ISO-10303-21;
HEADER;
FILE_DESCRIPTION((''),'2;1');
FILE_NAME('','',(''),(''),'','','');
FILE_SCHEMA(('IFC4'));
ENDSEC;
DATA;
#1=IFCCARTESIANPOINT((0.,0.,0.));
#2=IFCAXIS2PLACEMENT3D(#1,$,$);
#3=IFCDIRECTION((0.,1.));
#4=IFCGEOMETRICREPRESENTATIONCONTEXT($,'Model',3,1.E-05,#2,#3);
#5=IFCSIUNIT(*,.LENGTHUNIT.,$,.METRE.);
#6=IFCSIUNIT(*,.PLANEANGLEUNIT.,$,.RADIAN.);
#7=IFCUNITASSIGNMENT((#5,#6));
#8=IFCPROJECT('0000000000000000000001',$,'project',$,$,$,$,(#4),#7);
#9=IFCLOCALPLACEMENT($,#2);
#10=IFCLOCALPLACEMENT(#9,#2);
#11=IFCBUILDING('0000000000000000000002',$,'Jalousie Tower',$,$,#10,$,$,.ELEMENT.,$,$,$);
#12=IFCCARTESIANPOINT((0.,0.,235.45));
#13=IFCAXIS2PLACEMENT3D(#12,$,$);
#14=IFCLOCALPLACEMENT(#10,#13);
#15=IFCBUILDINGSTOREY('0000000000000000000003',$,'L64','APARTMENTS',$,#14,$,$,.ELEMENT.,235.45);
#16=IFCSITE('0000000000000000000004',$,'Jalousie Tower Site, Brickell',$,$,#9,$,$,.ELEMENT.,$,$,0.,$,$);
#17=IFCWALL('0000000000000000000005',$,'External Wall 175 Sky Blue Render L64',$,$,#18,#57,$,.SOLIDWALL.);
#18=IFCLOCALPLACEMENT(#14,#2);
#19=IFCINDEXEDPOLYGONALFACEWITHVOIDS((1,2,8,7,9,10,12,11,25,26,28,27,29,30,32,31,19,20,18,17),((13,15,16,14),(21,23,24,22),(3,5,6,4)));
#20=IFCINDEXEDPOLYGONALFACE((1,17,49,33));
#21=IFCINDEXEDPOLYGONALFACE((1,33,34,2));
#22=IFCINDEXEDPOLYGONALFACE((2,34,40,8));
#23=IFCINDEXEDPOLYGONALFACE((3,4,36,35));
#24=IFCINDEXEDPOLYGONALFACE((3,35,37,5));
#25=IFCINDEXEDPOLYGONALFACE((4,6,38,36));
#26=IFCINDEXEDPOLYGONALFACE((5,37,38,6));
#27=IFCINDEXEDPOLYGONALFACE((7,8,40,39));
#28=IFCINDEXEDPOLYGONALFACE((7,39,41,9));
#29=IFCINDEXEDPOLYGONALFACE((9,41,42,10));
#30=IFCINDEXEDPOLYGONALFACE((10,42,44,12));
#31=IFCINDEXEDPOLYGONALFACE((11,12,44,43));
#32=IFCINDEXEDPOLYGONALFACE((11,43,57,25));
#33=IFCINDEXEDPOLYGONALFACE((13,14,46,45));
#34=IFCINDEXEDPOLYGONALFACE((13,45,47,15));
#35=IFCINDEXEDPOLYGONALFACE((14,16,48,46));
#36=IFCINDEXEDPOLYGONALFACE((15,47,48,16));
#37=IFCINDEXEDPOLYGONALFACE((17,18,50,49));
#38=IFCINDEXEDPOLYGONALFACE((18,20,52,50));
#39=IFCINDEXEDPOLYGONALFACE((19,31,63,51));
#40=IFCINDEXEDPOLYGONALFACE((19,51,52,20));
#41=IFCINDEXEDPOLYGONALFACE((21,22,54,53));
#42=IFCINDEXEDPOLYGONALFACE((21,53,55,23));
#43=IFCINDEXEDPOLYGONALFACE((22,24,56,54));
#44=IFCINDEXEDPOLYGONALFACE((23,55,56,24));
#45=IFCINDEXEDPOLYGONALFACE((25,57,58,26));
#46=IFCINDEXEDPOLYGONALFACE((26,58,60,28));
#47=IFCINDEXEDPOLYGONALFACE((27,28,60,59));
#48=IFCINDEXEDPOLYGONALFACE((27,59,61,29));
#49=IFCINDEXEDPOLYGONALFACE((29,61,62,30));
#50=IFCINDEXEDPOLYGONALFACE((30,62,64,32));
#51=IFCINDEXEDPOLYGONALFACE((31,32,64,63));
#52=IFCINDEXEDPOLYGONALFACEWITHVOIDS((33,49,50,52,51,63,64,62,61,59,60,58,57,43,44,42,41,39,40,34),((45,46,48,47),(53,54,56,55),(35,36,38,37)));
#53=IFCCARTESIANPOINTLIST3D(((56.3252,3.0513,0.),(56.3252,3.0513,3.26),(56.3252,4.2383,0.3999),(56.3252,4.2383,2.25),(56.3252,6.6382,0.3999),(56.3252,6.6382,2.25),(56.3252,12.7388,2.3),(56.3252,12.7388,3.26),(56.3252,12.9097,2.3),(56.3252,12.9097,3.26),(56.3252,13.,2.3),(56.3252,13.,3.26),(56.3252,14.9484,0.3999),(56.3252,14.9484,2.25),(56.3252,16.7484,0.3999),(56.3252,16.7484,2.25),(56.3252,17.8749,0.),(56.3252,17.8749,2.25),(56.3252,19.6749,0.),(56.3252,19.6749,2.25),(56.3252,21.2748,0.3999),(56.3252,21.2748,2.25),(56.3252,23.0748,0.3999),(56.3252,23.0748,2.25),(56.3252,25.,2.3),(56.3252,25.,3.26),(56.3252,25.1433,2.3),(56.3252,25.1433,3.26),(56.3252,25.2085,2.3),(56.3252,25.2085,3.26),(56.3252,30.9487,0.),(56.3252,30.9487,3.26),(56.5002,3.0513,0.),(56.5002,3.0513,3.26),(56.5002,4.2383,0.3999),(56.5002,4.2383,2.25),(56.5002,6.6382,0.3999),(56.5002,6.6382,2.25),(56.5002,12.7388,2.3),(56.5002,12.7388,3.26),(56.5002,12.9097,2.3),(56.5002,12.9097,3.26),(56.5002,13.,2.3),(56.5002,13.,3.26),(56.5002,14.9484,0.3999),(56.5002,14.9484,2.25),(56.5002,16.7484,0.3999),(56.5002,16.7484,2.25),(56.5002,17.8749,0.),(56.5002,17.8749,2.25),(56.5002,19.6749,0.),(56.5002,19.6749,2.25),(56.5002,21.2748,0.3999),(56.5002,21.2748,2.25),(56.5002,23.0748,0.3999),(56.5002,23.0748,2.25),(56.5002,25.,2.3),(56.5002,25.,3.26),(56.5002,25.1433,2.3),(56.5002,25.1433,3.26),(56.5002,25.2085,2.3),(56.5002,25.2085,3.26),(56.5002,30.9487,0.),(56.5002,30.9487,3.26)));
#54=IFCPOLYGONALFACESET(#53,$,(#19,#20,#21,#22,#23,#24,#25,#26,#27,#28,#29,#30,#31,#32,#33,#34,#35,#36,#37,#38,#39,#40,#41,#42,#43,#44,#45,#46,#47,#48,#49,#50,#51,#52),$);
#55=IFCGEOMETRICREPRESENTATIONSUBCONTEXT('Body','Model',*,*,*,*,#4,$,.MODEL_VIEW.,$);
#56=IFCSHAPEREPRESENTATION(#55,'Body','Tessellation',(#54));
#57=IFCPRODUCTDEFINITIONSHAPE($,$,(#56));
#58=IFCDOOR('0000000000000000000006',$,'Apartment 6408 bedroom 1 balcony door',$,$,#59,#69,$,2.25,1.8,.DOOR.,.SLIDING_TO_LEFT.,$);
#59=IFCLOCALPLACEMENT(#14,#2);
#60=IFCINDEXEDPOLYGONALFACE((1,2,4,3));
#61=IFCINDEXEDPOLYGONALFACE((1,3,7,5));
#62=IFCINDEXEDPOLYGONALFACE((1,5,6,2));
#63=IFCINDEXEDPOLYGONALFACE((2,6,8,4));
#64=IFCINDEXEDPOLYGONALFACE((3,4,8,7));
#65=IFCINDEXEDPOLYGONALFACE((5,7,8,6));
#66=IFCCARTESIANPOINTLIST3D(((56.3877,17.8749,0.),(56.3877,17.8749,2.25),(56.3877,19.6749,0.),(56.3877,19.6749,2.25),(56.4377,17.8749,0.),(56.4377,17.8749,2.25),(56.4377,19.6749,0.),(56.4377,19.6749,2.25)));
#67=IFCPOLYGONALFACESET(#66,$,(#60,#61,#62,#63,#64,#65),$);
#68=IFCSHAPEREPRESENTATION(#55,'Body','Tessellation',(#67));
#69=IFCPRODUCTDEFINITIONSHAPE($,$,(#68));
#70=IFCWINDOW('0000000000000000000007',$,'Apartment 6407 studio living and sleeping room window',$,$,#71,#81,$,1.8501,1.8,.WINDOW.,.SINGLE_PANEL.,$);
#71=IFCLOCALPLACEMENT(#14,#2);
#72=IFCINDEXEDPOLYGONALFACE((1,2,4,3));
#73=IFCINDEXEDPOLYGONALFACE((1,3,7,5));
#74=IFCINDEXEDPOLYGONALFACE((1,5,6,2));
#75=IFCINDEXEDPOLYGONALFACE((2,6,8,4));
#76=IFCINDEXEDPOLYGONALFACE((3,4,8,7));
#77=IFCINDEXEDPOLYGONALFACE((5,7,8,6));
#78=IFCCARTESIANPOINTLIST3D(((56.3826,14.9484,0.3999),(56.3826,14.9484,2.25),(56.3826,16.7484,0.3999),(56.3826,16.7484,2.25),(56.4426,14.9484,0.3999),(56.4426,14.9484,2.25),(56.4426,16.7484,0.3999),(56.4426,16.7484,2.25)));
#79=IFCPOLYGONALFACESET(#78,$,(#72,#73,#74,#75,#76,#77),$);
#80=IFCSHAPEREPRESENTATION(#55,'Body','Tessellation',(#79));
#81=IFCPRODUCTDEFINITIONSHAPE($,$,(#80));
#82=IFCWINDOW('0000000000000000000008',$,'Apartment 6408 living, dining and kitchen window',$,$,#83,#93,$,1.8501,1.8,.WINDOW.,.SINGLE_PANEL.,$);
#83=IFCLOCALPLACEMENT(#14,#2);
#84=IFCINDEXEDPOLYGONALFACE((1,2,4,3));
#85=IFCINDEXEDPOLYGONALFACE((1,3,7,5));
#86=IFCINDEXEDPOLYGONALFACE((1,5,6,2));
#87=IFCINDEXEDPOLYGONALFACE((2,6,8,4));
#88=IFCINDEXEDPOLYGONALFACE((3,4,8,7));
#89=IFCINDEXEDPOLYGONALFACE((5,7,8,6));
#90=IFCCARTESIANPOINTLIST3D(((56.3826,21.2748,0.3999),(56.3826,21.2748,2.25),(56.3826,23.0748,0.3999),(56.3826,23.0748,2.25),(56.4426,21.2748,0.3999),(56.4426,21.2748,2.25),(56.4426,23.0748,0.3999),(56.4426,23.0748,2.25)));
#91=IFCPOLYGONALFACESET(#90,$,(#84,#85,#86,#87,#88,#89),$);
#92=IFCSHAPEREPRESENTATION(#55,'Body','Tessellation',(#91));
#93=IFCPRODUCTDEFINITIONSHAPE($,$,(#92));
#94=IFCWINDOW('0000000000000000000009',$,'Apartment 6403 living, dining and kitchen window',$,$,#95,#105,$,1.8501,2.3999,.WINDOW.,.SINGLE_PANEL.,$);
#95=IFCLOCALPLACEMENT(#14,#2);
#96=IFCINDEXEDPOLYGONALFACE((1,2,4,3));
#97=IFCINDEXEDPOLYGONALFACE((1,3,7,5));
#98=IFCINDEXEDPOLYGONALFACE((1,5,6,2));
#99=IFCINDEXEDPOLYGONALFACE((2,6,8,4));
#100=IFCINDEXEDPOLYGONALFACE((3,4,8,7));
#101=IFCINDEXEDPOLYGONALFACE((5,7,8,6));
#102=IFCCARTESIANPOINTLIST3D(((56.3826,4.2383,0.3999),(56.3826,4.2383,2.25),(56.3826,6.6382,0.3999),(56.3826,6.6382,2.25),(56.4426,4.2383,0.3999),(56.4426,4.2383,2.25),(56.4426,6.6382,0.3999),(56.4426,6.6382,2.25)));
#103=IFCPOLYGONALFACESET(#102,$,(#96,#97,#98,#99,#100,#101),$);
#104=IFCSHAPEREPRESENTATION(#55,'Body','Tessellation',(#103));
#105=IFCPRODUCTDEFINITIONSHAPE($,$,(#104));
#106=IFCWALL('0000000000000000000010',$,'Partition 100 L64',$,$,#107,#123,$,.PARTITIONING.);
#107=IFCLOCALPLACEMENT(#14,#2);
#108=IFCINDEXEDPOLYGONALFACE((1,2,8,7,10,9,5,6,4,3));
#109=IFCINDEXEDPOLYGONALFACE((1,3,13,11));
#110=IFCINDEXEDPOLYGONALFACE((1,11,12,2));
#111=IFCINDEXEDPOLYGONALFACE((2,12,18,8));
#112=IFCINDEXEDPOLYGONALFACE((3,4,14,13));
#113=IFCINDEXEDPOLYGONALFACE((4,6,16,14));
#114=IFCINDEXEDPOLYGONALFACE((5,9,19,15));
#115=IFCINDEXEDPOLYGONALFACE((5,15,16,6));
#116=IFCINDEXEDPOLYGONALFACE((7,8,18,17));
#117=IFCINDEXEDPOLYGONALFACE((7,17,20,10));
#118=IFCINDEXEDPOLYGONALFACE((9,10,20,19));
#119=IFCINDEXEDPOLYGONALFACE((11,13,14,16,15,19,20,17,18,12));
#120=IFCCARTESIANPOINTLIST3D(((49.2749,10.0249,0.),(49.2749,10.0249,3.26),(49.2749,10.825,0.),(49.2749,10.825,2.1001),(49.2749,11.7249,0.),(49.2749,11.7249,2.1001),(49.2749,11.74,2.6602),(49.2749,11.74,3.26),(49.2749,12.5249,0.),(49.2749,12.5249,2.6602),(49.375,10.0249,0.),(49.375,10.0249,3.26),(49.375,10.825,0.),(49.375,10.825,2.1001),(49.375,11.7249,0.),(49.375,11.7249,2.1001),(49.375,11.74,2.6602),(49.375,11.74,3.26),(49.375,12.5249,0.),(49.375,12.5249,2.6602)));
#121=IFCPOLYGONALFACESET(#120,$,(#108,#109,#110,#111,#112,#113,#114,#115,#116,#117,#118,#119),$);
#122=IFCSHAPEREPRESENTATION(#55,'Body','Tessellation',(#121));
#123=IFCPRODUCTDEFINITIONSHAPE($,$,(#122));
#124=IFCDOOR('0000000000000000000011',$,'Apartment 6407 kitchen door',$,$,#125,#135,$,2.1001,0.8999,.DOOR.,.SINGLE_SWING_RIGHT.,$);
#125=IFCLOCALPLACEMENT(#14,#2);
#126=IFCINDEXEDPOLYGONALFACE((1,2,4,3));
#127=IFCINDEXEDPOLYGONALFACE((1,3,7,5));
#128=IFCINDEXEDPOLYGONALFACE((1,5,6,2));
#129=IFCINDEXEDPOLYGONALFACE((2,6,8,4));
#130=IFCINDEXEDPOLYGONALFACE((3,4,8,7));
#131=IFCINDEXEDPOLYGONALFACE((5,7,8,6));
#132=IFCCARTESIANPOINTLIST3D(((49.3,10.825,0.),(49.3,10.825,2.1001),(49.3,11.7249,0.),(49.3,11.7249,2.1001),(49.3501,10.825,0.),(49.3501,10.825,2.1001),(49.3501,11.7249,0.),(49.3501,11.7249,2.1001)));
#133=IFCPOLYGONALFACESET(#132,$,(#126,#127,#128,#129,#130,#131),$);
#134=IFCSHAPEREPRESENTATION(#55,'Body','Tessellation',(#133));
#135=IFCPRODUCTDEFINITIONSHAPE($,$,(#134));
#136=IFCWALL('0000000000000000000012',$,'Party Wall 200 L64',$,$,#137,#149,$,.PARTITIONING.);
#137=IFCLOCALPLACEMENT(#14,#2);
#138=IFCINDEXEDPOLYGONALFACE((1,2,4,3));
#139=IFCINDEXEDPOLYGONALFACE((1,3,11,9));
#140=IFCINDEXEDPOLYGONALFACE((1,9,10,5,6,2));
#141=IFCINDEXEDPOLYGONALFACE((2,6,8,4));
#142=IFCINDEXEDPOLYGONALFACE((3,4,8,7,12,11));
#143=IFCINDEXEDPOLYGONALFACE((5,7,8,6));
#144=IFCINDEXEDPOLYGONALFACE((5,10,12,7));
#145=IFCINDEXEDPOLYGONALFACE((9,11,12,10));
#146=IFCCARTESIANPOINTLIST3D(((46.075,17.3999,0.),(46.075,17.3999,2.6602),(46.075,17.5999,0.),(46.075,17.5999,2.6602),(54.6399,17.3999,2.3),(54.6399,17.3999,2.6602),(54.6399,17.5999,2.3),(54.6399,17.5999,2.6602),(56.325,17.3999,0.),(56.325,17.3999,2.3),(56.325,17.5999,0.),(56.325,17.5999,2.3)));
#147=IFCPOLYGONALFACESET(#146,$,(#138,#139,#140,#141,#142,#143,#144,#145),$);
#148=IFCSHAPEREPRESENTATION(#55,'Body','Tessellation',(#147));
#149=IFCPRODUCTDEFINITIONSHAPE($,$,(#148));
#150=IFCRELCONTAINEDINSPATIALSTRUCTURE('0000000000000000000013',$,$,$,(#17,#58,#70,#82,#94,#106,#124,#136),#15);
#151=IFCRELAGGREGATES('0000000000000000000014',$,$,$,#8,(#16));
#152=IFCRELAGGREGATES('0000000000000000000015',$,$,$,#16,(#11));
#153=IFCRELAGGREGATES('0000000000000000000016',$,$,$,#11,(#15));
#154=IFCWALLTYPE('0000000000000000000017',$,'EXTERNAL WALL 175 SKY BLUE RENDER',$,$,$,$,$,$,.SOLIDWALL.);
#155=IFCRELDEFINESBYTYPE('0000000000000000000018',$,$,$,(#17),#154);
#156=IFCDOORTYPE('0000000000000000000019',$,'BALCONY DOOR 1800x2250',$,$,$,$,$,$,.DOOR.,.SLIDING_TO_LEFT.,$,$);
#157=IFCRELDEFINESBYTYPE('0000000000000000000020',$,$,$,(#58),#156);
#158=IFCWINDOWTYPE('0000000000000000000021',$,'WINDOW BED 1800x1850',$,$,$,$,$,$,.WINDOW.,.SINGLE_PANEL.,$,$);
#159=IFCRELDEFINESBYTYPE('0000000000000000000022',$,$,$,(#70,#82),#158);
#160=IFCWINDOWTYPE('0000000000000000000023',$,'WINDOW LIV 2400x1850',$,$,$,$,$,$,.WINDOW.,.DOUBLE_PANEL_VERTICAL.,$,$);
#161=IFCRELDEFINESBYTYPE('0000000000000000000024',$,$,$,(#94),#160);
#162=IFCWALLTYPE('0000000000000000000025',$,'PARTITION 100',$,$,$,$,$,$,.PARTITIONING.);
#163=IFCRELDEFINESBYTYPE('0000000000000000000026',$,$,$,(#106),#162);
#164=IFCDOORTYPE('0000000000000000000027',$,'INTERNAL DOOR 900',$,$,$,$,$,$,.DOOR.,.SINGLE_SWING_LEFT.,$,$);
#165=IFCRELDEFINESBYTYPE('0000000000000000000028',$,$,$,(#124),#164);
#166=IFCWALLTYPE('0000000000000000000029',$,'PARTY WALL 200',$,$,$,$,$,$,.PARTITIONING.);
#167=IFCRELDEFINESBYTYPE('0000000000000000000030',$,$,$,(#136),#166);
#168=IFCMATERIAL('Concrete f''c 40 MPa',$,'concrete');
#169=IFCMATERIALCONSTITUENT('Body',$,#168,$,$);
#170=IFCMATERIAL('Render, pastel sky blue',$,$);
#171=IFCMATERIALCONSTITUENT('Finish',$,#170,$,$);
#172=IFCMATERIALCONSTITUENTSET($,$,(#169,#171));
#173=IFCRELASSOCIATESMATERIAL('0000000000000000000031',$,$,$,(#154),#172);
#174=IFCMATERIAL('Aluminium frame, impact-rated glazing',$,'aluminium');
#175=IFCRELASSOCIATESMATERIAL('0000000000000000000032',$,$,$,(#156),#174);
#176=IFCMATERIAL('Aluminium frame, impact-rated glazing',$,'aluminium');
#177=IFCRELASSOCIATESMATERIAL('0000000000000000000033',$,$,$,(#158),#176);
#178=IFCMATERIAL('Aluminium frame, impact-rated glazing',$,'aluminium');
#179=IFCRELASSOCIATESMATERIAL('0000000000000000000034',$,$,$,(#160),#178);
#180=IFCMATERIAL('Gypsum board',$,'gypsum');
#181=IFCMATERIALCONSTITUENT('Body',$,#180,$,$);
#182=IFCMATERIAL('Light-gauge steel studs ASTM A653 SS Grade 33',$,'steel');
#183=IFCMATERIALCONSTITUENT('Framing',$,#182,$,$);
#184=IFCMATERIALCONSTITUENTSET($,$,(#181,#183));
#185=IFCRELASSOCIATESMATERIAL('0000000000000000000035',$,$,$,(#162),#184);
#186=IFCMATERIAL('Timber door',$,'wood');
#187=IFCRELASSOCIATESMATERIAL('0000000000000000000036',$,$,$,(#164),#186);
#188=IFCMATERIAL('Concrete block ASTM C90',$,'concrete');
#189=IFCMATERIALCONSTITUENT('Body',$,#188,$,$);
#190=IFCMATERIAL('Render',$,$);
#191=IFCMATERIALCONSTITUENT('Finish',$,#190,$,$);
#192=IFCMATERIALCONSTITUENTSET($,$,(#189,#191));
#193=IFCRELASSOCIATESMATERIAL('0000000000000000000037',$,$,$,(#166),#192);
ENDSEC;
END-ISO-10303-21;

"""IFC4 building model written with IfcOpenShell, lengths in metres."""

from ifc_helpers import new_model, si_unit, direction, frame, frame_2d, origin, place, context, subcontext, project, spatial, polyline, rectangle, outline, extrude, material, constituent, constituent_set, type_object, element, fill, save


model = new_model("IFC4")

# Units and contexts
model_context = context("Model", 3, precision=1e-05, world=origin(), true_north=direction((0.0, 1.0)))
body_context = subcontext(model_context, "Body", "Model", "MODEL_VIEW")
ifc_project = project(units=[si_unit("LENGTHUNIT", "METRE"), si_unit("PLANEANGLEUNIT", "RADIAN")], contexts=[model_context])

# Site, building, storey
site_placement = place(None, origin())
site = spatial("IfcSite", under=ifc_project, at=site_placement, Name="Jalousie Tower Site, Brickell", CompositionType="ELEMENT", RefElevation=0.0)
building_placement = place(site_placement, origin())
building = spatial("IfcBuilding", under=site, at=building_placement, Name="Jalousie Tower", CompositionType="ELEMENT")
storey_placement = place(building_placement, frame((0.0, 0.0, 235.45)))
storey = spatial("IfcBuildingStorey", under=building, at=storey_placement, Name="L64", Description="APARTMENTS", CompositionType="ELEMENT", Elevation=235.45)

# Wall, openings, door, windows
ifc_material_1 = material(Name="Concrete f'c 40 MPa", Category="concrete")
ifc_constituent_1 = constituent(ifc_material_1, Name="Body")
ifc_material_2 = material(Name="Render, pastel sky blue")
ifc_constituent_2 = constituent(ifc_material_2, Name="Finish")
ifc_constituent_set_1 = constituent_set(constituents=[ifc_constituent_1, ifc_constituent_2])
wall_type_1 = type_object("IfcWallType", Name="EXTERNAL WALL 175 SKY BLUE RENDER", PredefinedType="SOLIDWALL", material=ifc_constituent_set_1)
wall_1_placement = place(storey_placement, frame((56.4126, 3.0513, 0.0), z_axis=(0.0, 0.0, 1.0), x_axis=(0.0, 1.0, 0.0)))
wall_1 = element("IfcWall", 1, at=wall_1_placement, inside=storey, type_object=wall_type_1, Name="External Wall 175 Sky Blue Render L64", PredefinedType="SOLIDWALL", context=body_context, shape_type="SweptSolid", body=[
    extrude(outline(polyline([(0.0, 0.0), (27.8975, 0.0), (27.8975, 3.26), (22.1572, 3.26), (22.1572, 2.3), (22.092, 2.3), (22.092, 3.26), (21.9487, 3.26), (21.9487, 2.3), (9.9487, 2.3), (9.9487, 3.26), (9.8584, 3.26), (9.8584, 2.3), (9.6875, 2.3), (9.6875, 3.26), (0.0, 3.26), (0.0, 0.0)])), frame((0.0, 0.0874, 0.0), z_axis=(0.0, -1.0, 0.0), x_axis=(1.0, 0.0, 0.0)), (0.0, 0.0, 1.0), 0.175),
])
opening_1_placement = place(wall_1_placement, frame((1.187, 0.0, 0.3999)))
opening_1 = element("IfcOpeningElement", 2, at=opening_1_placement, cuts=wall_1, PredefinedType="OPENING", context=body_context, shape_type="SweptSolid", body=[
    extrude(rectangle(XDim=2.3999, YDim=1.8501, at=frame_2d((1.2, 0.925))), frame((0.0, 0.0974, 0.0), z_axis=(0.0, -1.0, 0.0), x_axis=(1.0, 0.0, 0.0)), (0.0, 0.0, 1.0), 0.1951),
])
opening_2_placement = place(wall_1_placement, frame((11.8972, 0.0, 0.3999)))
opening_2 = element("IfcOpeningElement", 3, at=opening_2_placement, cuts=wall_1, PredefinedType="OPENING", context=body_context, shape_type="SweptSolid", body=[
    extrude(rectangle(XDim=1.8, YDim=1.8501, at=frame_2d((0.8999, 0.925))), frame((0.0, 0.0974, 0.0), z_axis=(0.0, -1.0, 0.0), x_axis=(1.0, 0.0, 0.0)), (0.0, 0.0, 1.0), 0.1951),
])
opening_3_placement = place(wall_1_placement, frame((14.8237, 0.0, 0.0)))
opening_3 = element("IfcOpeningElement", 4, at=opening_3_placement, cuts=wall_1, PredefinedType="OPENING", context=body_context, shape_type="SweptSolid", body=[
    extrude(rectangle(XDim=1.8, YDim=2.25, at=frame_2d((0.8999, 1.125))), frame((0.0, 0.0974, 0.0), z_axis=(0.0, -1.0, 0.0), x_axis=(1.0, 0.0, 0.0)), (0.0, 0.0, 1.0), 0.1951),
])
opening_4_placement = place(wall_1_placement, frame((18.2236, 0.0, 0.3999)))
opening_4 = element("IfcOpeningElement", 5, at=opening_4_placement, cuts=wall_1, PredefinedType="OPENING", context=body_context, shape_type="SweptSolid", body=[
    extrude(rectangle(XDim=1.8, YDim=1.8501, at=frame_2d((0.8999, 0.925))), frame((0.0, 0.0974, 0.0), z_axis=(0.0, -1.0, 0.0), x_axis=(1.0, 0.0, 0.0)), (0.0, 0.0, 1.0), 0.1951),
])
ifc_material_3 = material(Name="Aluminium frame, impact-rated glazing", Category="aluminium")
door_type_1 = type_object("IfcDoorType", Name="BALCONY DOOR 1800x2250", OperationType="SLIDING_TO_LEFT", PredefinedType="DOOR", material=ifc_material_3)
door_1_placement = place(opening_3_placement, origin())
door_1 = element("IfcDoor", 6, at=door_1_placement, inside=storey, type_object=door_type_1, Name="Apartment 6408 bedroom 1 balcony door", OperationType="SLIDING_TO_LEFT", OverallHeight=2.25, OverallWidth=1.8, PredefinedType="DOOR", context=body_context, shape_type="SweptSolid", body=[
    extrude(rectangle(XDim=1.8, YDim=2.25, at=frame_2d((0.8999, 1.125))), frame((0.0, 0.0249, 0.0), z_axis=(0.0, -1.0, 0.0), x_axis=(1.0, 0.0, 0.0)), (0.0, 0.0, 1.0), 0.05),
])
fill(opening_3, door_1)
ifc_material_4 = material(Name="Aluminium frame, impact-rated glazing", Category="aluminium")
window_type_1 = type_object("IfcWindowType", Name="WINDOW BED 1800x1850", PartitioningType="SINGLE_PANEL", PredefinedType="WINDOW", material=ifc_material_4)
window_1_placement = place(opening_2_placement, origin())
window_1 = element("IfcWindow", 7, at=window_1_placement, inside=storey, type_object=window_type_1, Name="Apartment 6407 studio living and sleeping room window", OverallHeight=1.8501, OverallWidth=1.8, PartitioningType="SINGLE_PANEL", PredefinedType="WINDOW", context=body_context, shape_type="SweptSolid", body=[
    extrude(rectangle(XDim=1.8, YDim=1.8501, at=frame_2d((0.8999, 0.925))), frame((0.0, 0.03, 0.0), z_axis=(0.0, -1.0, 0.0), x_axis=(1.0, 0.0, 0.0)), (0.0, 0.0, 1.0), 0.0601),
])
fill(opening_2, window_1)
window_2_placement = place(opening_4_placement, origin())
window_2 = element("IfcWindow", 8, at=window_2_placement, inside=storey, type_object=window_type_1, Name="Apartment 6408 living, dining and kitchen window", OverallHeight=1.8501, OverallWidth=1.8, PartitioningType="SINGLE_PANEL", PredefinedType="WINDOW", context=body_context, shape_type="SweptSolid", body=[
    extrude(rectangle(XDim=1.8, YDim=1.8501, at=frame_2d((0.8999, 0.925))), frame((0.0, 0.03, 0.0), z_axis=(0.0, -1.0, 0.0), x_axis=(1.0, 0.0, 0.0)), (0.0, 0.0, 1.0), 0.0601),
])
fill(opening_4, window_2)
ifc_material_5 = material(Name="Aluminium frame, impact-rated glazing", Category="aluminium")
window_type_2 = type_object("IfcWindowType", Name="WINDOW LIV 2400x1850", PartitioningType="DOUBLE_PANEL_VERTICAL", PredefinedType="WINDOW", material=ifc_material_5)
window_3_placement = place(opening_1_placement, origin())
window_3 = element("IfcWindow", 9, at=window_3_placement, inside=storey, type_object=window_type_2, Name="Apartment 6403 living, dining and kitchen window", OverallHeight=1.8501, OverallWidth=2.3999, PartitioningType="SINGLE_PANEL", PredefinedType="WINDOW", context=body_context, shape_type="SweptSolid", body=[
    extrude(rectangle(XDim=2.3999, YDim=1.8501, at=frame_2d((1.2, 0.925))), frame((0.0, 0.03, 0.0), z_axis=(0.0, -1.0, 0.0), x_axis=(1.0, 0.0, 0.0)), (0.0, 0.0, 1.0), 0.0601),
])
fill(opening_1, window_3)

# Wall, opening, door
ifc_material_6 = material(Name="Gypsum board", Category="gypsum")
ifc_constituent_3 = constituent(ifc_material_6, Name="Body")
ifc_material_7 = material(Name="Light-gauge steel studs ASTM A653 SS Grade 33", Category="steel")
ifc_constituent_4 = constituent(ifc_material_7, Name="Framing")
ifc_constituent_set_2 = constituent_set(constituents=[ifc_constituent_3, ifc_constituent_4])
wall_type_2 = type_object("IfcWallType", Name="PARTITION 100", PredefinedType="PARTITIONING", material=ifc_constituent_set_2)
wall_2_placement = place(storey_placement, frame((49.325, 10.0249, 0.0), z_axis=(0.0, 0.0, 1.0), x_axis=(0.0, 1.0, 0.0)))
wall_2 = element("IfcWall", 10, at=wall_2_placement, inside=storey, type_object=wall_type_2, Name="Partition 100 L64", PredefinedType="PARTITIONING", context=body_context, shape_type="SweptSolid", body=[
    extrude(outline(polyline([(0.0, 0.0), (2.5, 0.0), (2.5, 3.26), (2.5, 2.6602), (1.7151, 2.6602), (1.7151, 3.26), (0.0, 3.26), (0.0, 0.0)])), frame((0.0, 0.05, 0.0), z_axis=(0.0, -1.0, 0.0), x_axis=(1.0, 0.0, 0.0)), (0.0, 0.0, 1.0), 0.1001),
])
opening_5_placement = place(wall_2_placement, frame((0.8, 0.0, 0.0)))
opening_5 = element("IfcOpeningElement", 11, at=opening_5_placement, cuts=wall_2, PredefinedType="OPENING", context=body_context, shape_type="SweptSolid", body=[
    extrude(rectangle(XDim=0.8999, YDim=2.1001, at=frame_2d((0.45, 1.05))), frame((0.0, 0.0601, 0.0), z_axis=(0.0, -1.0, 0.0), x_axis=(1.0, 0.0, 0.0)), (0.0, 0.0, 1.0), 0.1201),
])
ifc_material_8 = material(Name="Timber door", Category="wood")
door_type_2 = type_object("IfcDoorType", Name="INTERNAL DOOR 900", OperationType="SINGLE_SWING_LEFT", PredefinedType="DOOR", material=ifc_material_8)
door_2_placement = place(opening_5_placement, origin())
door_2 = element("IfcDoor", 12, at=door_2_placement, inside=storey, type_object=door_type_2, Name="Apartment 6407 kitchen door", OperationType="SINGLE_SWING_RIGHT", OverallHeight=2.1001, OverallWidth=0.8999, PredefinedType="DOOR", context=body_context, shape_type="SweptSolid", body=[
    extrude(rectangle(XDim=0.8999, YDim=2.1001, at=frame_2d((0.45, 1.05))), frame((0.0, 0.0249, 0.0), z_axis=(0.0, -1.0, 0.0), x_axis=(1.0, 0.0, 0.0)), (0.0, 0.0, 1.0), 0.05),
])
fill(opening_5, door_2)

# Wall
ifc_material_9 = material(Name="Concrete block ASTM C90", Category="concrete")
ifc_constituent_5 = constituent(ifc_material_9, Name="Body")
ifc_material_10 = material(Name="Render")
ifc_constituent_6 = constituent(ifc_material_10, Name="Finish")
ifc_constituent_set_3 = constituent_set(constituents=[ifc_constituent_5, ifc_constituent_6])
wall_type_3 = type_object("IfcWallType", Name="PARTY WALL 200", PredefinedType="PARTITIONING", material=ifc_constituent_set_3)
wall_3_placement = place(storey_placement, frame((56.325, 17.5, 0.0), z_axis=(0.0, 0.0, 1.0), x_axis=(-1.0, 0.0, 0.0)))
element("IfcWall", 13, at=wall_3_placement, inside=storey, type_object=wall_type_3, Name="Party Wall 200 L64", PredefinedType="PARTITIONING", context=body_context, shape_type="SweptSolid", body=[
    extrude(outline(polyline([(0.0, 0.0), (10.25, 0.0), (10.25, 3.26), (10.25, 2.6602), (1.6851, 2.6602), (1.6851, 2.3), (0.0, 2.3), (0.0, 3.26), (0.0, 0.0)])), frame((0.0, 0.1001, 0.0), z_axis=(0.0, -1.0, 0.0), x_axis=(1.0, 0.0, 0.0)), (0.0, 0.0, 1.0), 0.2),
])

save(model, "model.ifc")
